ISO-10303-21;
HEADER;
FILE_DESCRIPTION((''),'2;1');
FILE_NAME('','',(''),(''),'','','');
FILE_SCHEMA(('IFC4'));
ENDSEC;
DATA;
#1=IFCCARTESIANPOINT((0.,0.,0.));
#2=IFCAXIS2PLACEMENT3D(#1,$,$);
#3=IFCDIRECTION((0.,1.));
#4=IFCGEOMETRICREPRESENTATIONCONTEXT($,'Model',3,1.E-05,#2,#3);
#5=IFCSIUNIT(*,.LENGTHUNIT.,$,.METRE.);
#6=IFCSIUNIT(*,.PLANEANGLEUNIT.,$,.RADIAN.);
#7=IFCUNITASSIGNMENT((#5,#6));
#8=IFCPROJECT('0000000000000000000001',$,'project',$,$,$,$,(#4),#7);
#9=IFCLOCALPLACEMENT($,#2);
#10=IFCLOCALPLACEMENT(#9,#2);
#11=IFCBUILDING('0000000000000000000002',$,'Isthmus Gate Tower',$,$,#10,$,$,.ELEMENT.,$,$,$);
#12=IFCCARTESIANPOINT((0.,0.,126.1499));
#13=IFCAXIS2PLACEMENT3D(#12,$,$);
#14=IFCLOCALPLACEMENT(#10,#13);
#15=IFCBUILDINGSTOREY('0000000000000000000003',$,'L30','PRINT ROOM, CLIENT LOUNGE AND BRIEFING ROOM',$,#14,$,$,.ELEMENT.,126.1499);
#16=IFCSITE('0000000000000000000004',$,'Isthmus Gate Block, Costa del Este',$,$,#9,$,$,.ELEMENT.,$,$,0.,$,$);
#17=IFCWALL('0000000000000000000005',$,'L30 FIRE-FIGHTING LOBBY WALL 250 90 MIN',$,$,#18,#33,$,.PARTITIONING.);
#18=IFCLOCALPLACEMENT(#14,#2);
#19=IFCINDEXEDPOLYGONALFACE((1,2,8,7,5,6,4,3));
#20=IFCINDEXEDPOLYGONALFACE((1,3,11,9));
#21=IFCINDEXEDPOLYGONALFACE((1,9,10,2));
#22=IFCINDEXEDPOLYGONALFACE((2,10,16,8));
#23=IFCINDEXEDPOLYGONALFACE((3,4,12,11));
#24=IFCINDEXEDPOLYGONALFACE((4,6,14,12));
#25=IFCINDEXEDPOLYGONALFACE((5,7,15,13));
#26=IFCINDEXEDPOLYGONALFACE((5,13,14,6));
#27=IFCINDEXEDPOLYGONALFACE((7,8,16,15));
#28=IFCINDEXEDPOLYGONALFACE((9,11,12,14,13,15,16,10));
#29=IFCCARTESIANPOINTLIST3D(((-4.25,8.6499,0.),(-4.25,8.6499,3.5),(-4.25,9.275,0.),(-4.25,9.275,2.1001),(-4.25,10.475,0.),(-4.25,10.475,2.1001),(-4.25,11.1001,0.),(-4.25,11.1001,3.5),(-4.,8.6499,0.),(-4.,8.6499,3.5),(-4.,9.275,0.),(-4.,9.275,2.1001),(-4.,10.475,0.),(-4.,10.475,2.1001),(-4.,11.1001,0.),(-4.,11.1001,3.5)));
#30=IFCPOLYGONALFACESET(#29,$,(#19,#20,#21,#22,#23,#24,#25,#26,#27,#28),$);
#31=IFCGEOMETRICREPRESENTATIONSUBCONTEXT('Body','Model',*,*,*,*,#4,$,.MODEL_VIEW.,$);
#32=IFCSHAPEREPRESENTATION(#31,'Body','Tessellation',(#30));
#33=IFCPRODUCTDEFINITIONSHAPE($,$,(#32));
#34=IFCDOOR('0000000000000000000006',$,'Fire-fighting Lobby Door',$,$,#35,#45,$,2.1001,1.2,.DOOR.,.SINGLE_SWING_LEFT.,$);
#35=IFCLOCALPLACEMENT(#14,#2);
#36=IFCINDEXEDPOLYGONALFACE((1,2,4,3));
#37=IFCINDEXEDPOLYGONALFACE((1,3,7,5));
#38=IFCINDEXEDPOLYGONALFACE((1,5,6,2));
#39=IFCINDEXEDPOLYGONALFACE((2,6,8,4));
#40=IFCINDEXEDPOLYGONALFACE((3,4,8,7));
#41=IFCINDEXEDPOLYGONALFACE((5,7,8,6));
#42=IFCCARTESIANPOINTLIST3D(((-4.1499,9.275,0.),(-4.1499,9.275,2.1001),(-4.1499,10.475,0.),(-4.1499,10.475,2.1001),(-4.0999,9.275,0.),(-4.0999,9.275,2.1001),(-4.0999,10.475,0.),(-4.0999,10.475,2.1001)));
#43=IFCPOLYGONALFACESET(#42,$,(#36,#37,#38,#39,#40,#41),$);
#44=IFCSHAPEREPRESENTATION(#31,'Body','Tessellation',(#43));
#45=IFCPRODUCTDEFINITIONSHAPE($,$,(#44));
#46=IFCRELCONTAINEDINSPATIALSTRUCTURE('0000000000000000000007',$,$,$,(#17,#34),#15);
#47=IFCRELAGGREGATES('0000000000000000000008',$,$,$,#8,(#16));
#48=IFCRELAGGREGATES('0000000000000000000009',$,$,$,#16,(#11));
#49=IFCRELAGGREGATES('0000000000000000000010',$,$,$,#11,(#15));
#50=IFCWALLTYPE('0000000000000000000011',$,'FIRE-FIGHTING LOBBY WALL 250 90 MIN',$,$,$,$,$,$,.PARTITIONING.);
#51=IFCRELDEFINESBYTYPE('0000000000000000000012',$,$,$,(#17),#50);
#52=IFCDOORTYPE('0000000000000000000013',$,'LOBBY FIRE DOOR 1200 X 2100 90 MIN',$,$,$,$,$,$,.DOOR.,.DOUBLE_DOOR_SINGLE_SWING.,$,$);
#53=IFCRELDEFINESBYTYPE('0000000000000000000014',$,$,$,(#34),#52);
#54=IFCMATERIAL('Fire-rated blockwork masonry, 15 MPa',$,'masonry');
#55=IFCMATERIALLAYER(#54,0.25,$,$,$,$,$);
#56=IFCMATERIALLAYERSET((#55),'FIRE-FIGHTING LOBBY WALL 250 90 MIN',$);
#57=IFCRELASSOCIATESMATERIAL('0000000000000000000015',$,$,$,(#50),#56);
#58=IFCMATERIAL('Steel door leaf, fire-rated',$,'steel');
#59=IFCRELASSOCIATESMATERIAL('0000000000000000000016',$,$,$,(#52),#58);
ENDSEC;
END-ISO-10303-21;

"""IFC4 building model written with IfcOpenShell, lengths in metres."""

from ifc_helpers import new_model, si_unit, direction, frame, frame_2d, origin, place, context, subcontext, project, spatial, rectangle, extrude, material, layer, layer_set, type_object, element, fill, save


model = new_model("IFC4")

# Units and contexts
model_context = context("Model", 3, precision=1e-05, world=origin(), true_north=direction((0.0, 1.0)))
body_context = subcontext(model_context, "Body", "Model", "MODEL_VIEW")
ifc_project = project(units=[si_unit("LENGTHUNIT", "METRE"), si_unit("PLANEANGLEUNIT", "RADIAN")], contexts=[model_context])

# Site, building, storey
site_placement = place(None, origin())
site = spatial("IfcSite", under=ifc_project, at=site_placement, Name="Isthmus Gate Block, Costa del Este", CompositionType="ELEMENT", RefElevation=0.0)
building_placement = place(site_placement, origin())
building = spatial("IfcBuilding", under=site, at=building_placement, Name="Isthmus Gate Tower", CompositionType="ELEMENT")
storey_placement = place(building_placement, frame((0.0, 0.0, 126.1499)))
storey = spatial("IfcBuildingStorey", under=building, at=storey_placement, Name="L30", Description="PRINT ROOM, CLIENT LOUNGE AND BRIEFING ROOM", CompositionType="ELEMENT", Elevation=126.1499)

# Wall, opening, door
ifc_material_1 = material(Name="Fire-rated blockwork masonry, 15 MPa", Category="masonry")
ifc_layer_1 = layer(ifc_material_1, 0.25)
ifc_layer_set_1 = layer_set([ifc_layer_1], Name="FIRE-FIGHTING LOBBY WALL 250 90 MIN")
wall_type_1 = type_object("IfcWallType", Name="FIRE-FIGHTING LOBBY WALL 250 90 MIN", PredefinedType="PARTITIONING", material=ifc_layer_set_1)
wall_1_placement = place(storey_placement, frame((-4.125, 8.6499, 0.0), z_axis=(0.0, 0.0, 1.0), x_axis=(0.0, 1.0, 0.0)))
wall_1 = element("IfcWall", 1, at=wall_1_placement, inside=storey, type_object=wall_type_1, Name="L30 FIRE-FIGHTING LOBBY WALL 250 90 MIN", PredefinedType="PARTITIONING", context=body_context, shape_type="SweptSolid", body=[
    extrude(rectangle(XDim=2.4502, YDim=0.25, at=frame_2d((1.2251, 0.0))), origin(), (0.0, 0.0, 1.0), 3.5),
])
opening_1_placement = place(wall_1_placement, frame((0.625, 0.0, 0.0)))
opening_1 = element("IfcOpeningElement", 2, at=opening_1_placement, cuts=wall_1, PredefinedType="OPENING", context=body_context, shape_type="SweptSolid", body=[
    extrude(rectangle(XDim=1.2, YDim=2.1001, at=frame_2d((0.6001, 1.05))), frame((0.0, 0.135, 0.0), z_axis=(0.0, -1.0, 0.0), x_axis=(1.0, 0.0, 0.0)), (0.0, 0.0, 1.0), 0.27),
])
ifc_material_2 = material(Name="Steel door leaf, fire-rated", Category="steel")
door_type_1 = type_object("IfcDoorType", Name="LOBBY FIRE DOOR 1200 X 2100 90 MIN", OperationType="DOUBLE_DOOR_SINGLE_SWING", PredefinedType="DOOR", material=ifc_material_2)
door_1_placement = place(opening_1_placement, origin())
door_1 = element("IfcDoor", 3, at=door_1_placement, inside=storey, type_object=door_type_1, Name="Fire-fighting Lobby Door", OperationType="SINGLE_SWING_LEFT", OverallHeight=2.1001, OverallWidth=1.2, PredefinedType="DOOR", context=body_context, shape_type="SweptSolid", body=[
    extrude(rectangle(XDim=1.2, YDim=2.1001, at=frame_2d((0.6001, 1.05))), frame((0.0, 0.0249, 0.0), z_axis=(0.0, -1.0, 0.0), x_axis=(1.0, 0.0, 0.0)), (0.0, 0.0, 1.0), 0.05),
])
fill(opening_1, door_1)

save(model, "model.ifc")
